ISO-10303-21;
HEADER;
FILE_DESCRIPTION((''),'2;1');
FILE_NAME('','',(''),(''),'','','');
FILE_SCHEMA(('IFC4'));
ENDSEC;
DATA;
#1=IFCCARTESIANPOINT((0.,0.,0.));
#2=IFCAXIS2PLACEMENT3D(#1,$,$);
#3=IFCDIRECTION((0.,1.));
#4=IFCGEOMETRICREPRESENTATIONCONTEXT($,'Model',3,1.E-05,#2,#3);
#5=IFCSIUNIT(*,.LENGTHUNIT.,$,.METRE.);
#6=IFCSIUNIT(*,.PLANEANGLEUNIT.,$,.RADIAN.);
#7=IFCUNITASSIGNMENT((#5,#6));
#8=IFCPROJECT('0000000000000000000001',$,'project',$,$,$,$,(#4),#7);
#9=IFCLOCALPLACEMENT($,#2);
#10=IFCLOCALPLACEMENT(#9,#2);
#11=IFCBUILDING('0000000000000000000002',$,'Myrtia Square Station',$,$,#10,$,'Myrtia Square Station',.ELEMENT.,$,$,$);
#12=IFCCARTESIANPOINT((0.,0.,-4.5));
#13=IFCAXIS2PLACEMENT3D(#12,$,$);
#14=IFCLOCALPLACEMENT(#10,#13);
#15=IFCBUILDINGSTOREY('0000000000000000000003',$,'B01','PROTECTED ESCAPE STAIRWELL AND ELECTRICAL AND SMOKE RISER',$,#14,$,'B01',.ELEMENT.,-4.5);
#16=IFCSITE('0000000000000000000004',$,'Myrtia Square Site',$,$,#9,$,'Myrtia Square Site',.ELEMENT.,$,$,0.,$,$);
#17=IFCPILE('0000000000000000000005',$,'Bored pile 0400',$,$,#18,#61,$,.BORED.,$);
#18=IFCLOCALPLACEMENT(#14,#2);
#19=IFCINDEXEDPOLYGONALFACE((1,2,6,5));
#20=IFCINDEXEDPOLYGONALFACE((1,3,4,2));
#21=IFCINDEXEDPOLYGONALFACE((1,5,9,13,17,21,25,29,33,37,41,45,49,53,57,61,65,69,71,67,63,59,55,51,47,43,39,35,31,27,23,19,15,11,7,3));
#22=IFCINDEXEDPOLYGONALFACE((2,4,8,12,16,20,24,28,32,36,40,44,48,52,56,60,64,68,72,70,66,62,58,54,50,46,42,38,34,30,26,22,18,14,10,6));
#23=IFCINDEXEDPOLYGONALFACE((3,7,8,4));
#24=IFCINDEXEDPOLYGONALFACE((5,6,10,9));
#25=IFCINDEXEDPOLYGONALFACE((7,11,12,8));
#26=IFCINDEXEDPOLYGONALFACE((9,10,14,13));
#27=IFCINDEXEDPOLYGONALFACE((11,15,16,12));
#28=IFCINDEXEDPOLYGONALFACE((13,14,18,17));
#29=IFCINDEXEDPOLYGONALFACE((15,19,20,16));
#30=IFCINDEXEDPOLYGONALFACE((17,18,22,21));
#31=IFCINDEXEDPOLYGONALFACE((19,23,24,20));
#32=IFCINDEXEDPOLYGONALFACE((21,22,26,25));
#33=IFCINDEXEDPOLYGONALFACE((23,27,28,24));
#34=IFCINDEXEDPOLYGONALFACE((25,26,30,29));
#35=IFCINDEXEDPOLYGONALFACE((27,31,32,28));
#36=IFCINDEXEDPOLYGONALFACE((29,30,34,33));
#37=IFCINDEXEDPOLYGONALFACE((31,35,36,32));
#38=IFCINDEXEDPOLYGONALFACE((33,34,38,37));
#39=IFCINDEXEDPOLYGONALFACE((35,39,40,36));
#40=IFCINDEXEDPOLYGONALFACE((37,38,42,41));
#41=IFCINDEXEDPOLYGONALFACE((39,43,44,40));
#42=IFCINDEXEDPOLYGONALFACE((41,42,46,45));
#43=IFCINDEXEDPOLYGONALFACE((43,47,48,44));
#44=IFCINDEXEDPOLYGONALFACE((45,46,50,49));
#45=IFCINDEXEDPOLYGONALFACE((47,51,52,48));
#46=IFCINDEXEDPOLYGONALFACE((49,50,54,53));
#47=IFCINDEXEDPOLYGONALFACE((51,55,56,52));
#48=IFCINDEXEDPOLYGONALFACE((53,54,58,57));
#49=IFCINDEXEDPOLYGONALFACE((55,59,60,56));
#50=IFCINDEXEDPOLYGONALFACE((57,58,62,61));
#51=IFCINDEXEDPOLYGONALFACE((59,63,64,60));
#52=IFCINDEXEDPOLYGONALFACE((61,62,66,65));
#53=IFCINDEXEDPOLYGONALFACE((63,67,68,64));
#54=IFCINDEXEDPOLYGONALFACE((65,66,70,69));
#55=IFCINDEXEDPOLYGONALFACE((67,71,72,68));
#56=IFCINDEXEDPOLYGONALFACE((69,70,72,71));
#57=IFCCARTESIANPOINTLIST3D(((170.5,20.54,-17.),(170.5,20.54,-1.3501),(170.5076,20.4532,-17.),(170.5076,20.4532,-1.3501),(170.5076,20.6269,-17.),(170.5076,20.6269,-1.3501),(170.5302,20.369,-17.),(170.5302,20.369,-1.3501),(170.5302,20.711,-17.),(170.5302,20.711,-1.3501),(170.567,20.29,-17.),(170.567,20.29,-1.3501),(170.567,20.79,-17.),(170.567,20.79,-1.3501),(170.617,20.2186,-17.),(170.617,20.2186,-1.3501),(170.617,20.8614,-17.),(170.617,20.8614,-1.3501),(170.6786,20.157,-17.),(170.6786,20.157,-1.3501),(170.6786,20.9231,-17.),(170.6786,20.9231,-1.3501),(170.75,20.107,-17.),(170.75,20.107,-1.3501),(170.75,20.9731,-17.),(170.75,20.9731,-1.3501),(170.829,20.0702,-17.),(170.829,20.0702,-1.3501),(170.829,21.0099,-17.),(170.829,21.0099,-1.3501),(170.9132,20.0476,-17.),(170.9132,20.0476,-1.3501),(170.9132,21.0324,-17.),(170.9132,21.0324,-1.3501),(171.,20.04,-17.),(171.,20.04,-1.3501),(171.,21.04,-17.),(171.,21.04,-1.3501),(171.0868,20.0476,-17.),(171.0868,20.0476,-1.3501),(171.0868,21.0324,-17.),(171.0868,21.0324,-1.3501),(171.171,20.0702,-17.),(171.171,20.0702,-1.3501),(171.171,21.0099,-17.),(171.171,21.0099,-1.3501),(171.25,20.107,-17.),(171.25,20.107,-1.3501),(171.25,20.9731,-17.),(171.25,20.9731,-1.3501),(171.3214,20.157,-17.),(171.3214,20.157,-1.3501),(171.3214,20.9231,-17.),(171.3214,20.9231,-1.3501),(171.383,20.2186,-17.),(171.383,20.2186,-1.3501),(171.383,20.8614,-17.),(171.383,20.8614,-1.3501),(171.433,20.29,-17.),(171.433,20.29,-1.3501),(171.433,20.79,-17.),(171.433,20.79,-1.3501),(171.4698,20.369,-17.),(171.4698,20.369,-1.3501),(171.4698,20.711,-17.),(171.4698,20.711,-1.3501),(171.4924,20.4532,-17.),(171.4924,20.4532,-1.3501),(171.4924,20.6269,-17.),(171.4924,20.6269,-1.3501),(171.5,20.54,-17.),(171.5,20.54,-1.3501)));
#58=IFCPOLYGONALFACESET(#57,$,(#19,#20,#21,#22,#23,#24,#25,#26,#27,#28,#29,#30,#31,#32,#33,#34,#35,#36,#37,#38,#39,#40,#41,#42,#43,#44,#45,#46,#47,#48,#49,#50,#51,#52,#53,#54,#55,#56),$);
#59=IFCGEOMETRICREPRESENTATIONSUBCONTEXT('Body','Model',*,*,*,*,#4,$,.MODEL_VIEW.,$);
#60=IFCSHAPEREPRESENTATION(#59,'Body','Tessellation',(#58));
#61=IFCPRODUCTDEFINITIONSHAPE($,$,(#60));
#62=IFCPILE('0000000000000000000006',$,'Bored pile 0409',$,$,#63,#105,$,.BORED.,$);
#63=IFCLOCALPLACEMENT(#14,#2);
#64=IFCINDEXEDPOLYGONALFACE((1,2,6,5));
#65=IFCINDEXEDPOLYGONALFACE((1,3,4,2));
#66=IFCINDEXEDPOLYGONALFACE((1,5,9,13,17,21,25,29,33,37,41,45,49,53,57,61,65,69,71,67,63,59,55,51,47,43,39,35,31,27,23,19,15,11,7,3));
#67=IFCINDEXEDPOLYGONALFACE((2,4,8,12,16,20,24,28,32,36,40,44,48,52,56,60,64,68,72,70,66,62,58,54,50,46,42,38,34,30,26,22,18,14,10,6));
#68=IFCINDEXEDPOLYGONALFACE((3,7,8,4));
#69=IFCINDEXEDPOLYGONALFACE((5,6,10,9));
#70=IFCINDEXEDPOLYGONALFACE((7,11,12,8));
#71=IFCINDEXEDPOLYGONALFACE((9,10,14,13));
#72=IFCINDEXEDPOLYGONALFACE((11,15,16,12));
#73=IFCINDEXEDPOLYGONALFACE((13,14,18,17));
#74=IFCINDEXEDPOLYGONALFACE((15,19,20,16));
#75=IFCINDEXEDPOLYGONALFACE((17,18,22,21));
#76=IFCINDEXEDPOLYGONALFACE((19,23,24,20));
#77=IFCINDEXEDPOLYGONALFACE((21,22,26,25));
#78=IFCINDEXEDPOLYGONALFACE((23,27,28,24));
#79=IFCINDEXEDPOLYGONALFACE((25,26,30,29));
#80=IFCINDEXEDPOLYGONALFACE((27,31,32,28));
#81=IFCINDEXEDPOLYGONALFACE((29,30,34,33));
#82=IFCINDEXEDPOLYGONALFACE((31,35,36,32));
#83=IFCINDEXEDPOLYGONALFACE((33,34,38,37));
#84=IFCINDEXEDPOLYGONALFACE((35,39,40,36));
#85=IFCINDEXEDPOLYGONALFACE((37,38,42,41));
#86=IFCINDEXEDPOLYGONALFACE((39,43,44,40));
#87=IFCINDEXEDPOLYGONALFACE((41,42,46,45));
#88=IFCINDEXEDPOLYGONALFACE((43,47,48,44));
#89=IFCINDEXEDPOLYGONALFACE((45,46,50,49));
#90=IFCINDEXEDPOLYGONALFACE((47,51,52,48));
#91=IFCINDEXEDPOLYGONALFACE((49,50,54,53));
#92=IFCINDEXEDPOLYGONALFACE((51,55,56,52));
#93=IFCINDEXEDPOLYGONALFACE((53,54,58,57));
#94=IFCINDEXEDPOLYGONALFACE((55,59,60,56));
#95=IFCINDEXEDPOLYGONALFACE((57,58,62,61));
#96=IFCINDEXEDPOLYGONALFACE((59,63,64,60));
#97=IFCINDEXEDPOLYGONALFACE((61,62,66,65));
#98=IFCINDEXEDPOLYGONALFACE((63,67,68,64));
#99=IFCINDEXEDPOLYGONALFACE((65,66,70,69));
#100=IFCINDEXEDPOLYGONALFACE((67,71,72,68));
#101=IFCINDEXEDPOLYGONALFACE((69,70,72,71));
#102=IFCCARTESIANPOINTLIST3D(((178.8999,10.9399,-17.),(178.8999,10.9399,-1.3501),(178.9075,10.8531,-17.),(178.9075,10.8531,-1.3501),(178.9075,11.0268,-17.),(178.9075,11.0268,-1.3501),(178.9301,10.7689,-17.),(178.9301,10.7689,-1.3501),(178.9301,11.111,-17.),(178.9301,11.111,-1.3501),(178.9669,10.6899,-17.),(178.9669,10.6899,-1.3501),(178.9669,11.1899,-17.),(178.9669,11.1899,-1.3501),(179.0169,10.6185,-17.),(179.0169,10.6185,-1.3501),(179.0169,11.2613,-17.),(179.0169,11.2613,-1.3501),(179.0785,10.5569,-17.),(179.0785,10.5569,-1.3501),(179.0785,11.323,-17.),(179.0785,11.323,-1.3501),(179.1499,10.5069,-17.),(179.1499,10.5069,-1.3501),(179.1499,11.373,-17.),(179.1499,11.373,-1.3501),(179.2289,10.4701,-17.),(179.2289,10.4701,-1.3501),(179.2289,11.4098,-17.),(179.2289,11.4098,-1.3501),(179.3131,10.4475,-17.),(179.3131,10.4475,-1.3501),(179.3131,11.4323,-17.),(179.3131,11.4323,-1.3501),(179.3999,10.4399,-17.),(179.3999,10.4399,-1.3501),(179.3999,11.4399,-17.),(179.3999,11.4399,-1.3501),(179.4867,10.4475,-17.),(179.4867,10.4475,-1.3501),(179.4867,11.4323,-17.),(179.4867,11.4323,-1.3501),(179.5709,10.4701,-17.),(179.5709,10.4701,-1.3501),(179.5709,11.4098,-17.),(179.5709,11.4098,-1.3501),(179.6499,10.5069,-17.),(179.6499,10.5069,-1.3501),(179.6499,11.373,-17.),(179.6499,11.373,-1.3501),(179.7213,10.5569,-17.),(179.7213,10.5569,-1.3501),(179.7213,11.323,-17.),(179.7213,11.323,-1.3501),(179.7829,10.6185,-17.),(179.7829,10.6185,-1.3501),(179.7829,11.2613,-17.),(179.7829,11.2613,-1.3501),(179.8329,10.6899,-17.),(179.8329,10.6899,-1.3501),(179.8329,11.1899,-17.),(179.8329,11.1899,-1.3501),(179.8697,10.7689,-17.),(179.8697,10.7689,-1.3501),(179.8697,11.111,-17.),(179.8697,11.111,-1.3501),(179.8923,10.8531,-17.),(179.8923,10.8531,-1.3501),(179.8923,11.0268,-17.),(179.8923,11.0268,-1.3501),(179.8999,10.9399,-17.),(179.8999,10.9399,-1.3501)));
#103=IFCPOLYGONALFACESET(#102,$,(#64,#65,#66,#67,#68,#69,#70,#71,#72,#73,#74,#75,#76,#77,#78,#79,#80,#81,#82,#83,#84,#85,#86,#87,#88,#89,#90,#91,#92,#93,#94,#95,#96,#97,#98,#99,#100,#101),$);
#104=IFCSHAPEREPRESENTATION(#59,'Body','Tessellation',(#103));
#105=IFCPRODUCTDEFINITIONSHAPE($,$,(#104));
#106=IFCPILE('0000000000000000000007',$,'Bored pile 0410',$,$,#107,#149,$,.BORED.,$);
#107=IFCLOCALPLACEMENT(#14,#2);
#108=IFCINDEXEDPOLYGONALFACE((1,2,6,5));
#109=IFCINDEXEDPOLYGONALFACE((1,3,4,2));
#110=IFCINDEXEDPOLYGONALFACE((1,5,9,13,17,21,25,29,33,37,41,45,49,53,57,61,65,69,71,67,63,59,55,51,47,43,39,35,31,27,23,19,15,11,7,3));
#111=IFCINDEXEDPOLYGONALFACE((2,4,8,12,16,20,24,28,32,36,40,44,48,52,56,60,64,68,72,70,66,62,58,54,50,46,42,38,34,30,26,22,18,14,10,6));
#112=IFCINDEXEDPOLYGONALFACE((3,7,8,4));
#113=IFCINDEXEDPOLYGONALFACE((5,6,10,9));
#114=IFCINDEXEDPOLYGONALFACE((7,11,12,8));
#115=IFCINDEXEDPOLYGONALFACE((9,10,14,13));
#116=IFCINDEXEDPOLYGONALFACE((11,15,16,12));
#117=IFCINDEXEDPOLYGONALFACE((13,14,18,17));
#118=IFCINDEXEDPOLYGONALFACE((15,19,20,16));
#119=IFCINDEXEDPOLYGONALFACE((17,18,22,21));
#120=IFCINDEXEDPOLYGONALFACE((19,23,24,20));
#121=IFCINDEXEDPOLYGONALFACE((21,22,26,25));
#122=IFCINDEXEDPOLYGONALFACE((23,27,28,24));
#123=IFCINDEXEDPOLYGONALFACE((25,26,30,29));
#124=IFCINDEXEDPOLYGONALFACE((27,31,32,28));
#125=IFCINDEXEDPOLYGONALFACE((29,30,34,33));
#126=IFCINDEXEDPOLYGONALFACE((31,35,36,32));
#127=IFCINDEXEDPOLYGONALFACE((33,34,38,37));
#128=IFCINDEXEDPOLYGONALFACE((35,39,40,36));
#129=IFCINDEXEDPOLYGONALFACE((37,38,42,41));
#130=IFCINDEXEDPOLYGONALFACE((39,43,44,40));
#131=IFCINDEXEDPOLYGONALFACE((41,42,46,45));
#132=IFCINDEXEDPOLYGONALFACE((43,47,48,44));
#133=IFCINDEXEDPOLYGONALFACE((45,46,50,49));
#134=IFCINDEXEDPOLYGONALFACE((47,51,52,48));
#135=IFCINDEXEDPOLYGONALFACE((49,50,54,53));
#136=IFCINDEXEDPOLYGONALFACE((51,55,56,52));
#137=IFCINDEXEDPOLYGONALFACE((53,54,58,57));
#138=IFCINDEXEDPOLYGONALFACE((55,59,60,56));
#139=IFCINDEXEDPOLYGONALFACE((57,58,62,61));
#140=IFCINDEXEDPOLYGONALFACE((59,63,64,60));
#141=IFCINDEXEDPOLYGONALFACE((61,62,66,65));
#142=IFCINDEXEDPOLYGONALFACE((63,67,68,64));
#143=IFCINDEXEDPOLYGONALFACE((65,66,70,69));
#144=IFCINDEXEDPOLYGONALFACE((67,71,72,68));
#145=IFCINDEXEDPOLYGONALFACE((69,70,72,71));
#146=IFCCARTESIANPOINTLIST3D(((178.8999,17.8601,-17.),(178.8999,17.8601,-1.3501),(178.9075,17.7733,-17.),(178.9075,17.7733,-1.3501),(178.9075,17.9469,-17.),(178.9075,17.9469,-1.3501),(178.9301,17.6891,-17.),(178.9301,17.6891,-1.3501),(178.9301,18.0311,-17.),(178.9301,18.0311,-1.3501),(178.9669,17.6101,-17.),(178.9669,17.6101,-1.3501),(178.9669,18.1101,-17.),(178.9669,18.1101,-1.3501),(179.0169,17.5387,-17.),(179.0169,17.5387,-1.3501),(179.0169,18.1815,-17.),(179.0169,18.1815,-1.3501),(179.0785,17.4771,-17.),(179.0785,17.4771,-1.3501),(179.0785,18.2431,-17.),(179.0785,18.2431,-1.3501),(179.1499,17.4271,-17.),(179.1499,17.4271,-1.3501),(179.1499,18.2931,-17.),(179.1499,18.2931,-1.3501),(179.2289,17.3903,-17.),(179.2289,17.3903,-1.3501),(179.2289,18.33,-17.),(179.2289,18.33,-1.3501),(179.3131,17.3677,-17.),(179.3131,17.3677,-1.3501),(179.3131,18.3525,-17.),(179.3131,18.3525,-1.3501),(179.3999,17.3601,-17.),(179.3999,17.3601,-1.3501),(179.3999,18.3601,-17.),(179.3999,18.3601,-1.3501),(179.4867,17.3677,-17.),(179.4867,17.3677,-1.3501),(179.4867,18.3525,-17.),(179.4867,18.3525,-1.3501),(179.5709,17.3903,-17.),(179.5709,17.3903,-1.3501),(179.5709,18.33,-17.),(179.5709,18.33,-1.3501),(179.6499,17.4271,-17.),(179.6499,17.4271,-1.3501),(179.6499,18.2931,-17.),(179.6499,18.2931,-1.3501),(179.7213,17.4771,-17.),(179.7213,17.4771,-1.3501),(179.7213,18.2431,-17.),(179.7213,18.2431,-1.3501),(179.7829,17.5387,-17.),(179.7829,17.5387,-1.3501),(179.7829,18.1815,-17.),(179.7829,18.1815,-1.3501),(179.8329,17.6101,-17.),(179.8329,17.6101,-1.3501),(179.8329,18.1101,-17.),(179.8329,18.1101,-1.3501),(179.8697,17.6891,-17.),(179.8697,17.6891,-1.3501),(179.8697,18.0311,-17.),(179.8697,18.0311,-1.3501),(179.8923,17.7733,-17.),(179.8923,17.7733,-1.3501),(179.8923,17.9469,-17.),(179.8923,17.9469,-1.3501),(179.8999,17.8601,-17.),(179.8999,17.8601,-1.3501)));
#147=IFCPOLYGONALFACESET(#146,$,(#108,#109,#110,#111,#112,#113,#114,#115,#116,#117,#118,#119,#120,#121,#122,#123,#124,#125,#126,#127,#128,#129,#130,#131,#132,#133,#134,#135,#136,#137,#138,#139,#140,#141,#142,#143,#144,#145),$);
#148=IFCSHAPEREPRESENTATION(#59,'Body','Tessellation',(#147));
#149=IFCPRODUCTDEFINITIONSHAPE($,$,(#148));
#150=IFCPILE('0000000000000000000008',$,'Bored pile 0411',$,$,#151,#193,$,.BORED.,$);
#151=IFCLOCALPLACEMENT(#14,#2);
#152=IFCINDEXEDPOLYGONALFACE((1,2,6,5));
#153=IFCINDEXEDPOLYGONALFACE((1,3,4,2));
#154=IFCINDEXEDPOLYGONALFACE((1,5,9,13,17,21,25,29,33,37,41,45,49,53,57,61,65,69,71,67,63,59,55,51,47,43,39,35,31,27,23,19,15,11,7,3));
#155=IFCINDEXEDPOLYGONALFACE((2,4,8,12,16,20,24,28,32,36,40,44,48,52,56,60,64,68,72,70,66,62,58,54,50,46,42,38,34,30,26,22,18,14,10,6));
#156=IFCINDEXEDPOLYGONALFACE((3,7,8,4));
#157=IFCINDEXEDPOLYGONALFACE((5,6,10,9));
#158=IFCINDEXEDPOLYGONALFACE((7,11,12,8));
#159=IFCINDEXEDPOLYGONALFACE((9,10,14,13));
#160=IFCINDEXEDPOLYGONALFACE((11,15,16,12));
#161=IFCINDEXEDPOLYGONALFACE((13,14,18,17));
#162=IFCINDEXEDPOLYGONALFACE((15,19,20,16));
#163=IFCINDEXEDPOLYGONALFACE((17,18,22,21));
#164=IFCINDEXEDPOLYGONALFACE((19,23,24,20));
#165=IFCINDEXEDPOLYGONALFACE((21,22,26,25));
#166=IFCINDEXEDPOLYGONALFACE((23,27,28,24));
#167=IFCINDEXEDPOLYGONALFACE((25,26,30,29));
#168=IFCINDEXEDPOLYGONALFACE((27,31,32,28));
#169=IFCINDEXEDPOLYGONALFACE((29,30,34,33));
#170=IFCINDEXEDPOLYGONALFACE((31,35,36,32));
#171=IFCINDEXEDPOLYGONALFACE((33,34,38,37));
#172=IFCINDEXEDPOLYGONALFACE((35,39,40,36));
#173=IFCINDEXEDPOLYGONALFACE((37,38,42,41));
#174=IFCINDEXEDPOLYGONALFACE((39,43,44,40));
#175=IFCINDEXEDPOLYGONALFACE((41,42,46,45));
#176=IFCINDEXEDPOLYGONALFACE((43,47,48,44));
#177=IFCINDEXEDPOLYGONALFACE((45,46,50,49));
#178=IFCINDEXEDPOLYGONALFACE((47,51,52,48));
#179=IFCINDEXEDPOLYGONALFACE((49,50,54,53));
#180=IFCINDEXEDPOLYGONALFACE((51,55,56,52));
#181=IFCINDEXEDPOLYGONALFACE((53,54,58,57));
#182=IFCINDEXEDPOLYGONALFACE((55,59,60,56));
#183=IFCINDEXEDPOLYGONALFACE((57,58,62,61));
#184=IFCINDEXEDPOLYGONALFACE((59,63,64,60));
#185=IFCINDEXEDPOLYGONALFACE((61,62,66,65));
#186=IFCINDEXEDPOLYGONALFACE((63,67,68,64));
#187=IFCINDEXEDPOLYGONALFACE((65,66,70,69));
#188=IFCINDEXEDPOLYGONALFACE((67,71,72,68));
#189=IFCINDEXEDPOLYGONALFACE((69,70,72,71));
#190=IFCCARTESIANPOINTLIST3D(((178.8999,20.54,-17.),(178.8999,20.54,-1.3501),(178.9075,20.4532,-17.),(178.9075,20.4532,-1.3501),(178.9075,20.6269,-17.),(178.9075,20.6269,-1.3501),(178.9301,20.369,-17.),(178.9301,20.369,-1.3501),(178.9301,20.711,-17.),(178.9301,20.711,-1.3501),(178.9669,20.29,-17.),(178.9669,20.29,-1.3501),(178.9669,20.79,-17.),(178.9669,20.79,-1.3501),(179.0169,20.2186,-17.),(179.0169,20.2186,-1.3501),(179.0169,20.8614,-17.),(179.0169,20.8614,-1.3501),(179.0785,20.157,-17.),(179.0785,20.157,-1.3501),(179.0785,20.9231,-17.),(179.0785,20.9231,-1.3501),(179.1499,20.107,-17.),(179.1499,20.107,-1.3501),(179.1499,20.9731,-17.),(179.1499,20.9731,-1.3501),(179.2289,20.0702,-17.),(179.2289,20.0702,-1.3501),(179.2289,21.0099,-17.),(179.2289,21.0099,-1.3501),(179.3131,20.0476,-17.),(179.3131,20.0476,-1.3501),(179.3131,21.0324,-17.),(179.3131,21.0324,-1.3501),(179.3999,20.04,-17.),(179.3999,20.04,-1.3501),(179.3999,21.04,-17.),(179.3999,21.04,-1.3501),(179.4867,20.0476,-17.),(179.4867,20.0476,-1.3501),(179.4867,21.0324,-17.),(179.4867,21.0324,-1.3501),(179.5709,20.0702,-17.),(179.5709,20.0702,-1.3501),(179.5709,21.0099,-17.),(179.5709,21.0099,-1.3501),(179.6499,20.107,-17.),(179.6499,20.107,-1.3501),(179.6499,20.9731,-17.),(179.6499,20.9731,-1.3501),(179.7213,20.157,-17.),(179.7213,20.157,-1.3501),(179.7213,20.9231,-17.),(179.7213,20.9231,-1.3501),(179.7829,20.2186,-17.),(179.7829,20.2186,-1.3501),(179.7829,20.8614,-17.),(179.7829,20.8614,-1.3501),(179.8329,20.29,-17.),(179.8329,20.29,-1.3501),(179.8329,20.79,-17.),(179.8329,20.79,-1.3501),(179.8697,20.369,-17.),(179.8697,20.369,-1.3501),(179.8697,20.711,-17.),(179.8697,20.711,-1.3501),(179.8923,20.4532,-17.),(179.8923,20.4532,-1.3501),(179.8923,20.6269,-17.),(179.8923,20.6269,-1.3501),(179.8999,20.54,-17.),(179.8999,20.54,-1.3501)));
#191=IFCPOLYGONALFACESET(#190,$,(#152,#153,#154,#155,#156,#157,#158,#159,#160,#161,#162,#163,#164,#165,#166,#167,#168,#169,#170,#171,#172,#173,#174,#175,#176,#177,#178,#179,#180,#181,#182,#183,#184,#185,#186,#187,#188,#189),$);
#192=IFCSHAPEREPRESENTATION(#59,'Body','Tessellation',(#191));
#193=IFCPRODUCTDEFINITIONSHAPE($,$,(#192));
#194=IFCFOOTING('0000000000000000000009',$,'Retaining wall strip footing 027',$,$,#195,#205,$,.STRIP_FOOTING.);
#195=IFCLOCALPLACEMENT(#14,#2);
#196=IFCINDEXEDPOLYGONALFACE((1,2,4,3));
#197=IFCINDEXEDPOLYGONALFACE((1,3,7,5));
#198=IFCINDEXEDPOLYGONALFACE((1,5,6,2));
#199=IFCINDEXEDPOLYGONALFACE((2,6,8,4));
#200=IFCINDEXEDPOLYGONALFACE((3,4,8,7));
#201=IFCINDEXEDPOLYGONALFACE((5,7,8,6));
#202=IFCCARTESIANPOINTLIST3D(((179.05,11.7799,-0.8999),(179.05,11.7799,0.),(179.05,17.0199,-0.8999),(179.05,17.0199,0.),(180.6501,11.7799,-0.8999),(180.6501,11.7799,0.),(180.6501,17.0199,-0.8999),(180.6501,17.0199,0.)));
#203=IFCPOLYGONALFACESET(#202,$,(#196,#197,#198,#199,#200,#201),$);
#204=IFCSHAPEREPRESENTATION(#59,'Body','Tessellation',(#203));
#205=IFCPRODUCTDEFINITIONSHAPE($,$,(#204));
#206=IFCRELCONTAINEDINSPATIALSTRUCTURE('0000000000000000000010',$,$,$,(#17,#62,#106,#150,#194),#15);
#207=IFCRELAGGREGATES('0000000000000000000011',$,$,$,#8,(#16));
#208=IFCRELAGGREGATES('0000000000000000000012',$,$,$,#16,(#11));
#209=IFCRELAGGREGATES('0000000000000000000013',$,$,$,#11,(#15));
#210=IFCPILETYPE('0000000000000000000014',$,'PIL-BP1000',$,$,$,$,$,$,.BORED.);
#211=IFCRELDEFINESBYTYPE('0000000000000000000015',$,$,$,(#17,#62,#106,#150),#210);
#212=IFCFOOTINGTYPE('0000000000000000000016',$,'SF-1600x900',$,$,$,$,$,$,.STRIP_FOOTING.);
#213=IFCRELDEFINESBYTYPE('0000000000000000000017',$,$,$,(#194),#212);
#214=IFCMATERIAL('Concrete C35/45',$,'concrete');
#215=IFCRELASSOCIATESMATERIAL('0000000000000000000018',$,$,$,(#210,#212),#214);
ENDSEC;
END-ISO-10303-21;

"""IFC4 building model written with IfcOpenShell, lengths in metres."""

from ifc_helpers import new_model, si_unit, direction, frame, origin, origin_2d, place, context, subcontext, project, spatial, rectangle, circle, extrude, material, material_profile, profile_set, type_object, element, save


model = new_model("IFC4")

# Units and contexts
model_context = context("Model", 3, precision=1e-05, world=origin(), true_north=direction((0.0, 1.0)))
body_context = subcontext(model_context, "Body", "Model", "MODEL_VIEW")
ifc_project = project(units=[si_unit("LENGTHUNIT", "METRE"), si_unit("PLANEANGLEUNIT", "RADIAN")], contexts=[model_context])

# Site, building, storey
site_placement = place(None, origin())
site = spatial("IfcSite", under=ifc_project, at=site_placement, Name="Myrtia Square Site", LongName="Myrtia Square Site", CompositionType="ELEMENT", RefElevation=0.0)
building_placement = place(site_placement, origin())
building = spatial("IfcBuilding", under=site, at=building_placement, Name="Myrtia Square Station", LongName="Myrtia Square Station", CompositionType="ELEMENT")
storey_placement = place(building_placement, frame((0.0, 0.0, -4.5)))
storey = spatial("IfcBuildingStorey", under=building, at=storey_placement, Name="B01", Description="PROTECTED ESCAPE STAIRWELL AND ELECTRICAL AND SMOKE RISER", LongName="B01", CompositionType="ELEMENT", Elevation=-4.5)

# Shared definitions
ifc_material_1 = material(Name="Concrete C35/45", Category="concrete")

# Piles
ifc_material_profile_1 = material_profile(ifc_material_1, circle(Radius=0.5, at=origin_2d()), Name="BP D1000")
ifc_profile_set_1 = profile_set([ifc_material_profile_1], Name="Concrete C35/45")
pile_type = type_object("IfcPileType", Name="PIL-BP1000", PredefinedType="BORED", material=ifc_profile_set_1)
for number, where, z_axis, x_axis, name in (
    (1, (171.0, 20.54, -1.3501), (0.0, 0.0, -1.0), (1.0, 0.0, 0.0), "Bored pile 0400"),
    (2, (179.3999, 10.9399, -1.3501), (0.0, 0.0, -1.0), (1.0, 0.0, 0.0), "Bored pile 0409"),
    (3, (179.3999, 17.8601, -1.3501), (0.0, 0.0, -1.0), (1.0, 0.0, 0.0), "Bored pile 0410"),
    (4, (179.3999, 20.54, -1.3501), (0.0, 0.0, -1.0), (1.0, 0.0, 0.0), "Bored pile 0411"),
):
    element("IfcPile", number, at=place(storey_placement, frame(where, z_axis=z_axis, x_axis=x_axis)), inside=storey, type_object=pile_type, Name=name, PredefinedType="BORED", context=body_context, shape_type="SweptSolid", body=[
        extrude(circle(Radius=0.5, at=origin_2d()), origin(), (0.0, 0.0, 1.0), 15.6499),
    ])

# Footing
footing_type_1 = type_object("IfcFootingType", Name="SF-1600x900", PredefinedType="STRIP_FOOTING", material=ifc_material_1)
footing_1_placement = place(storey_placement, frame((179.8501, 14.3999, -0.8999), z_axis=(0.0, 0.0, 1.0), x_axis=(1.0, 0.0, 0.0)))
element("IfcFooting", 5, at=footing_1_placement, inside=storey, type_object=footing_type_1, Name="Retaining wall strip footing 027", PredefinedType="STRIP_FOOTING", context=body_context, shape_type="SweptSolid", body=[
    extrude(rectangle(XDim=1.6001, YDim=5.24, at=origin_2d()), origin(), (0.0, 0.0, 1.0), 0.8999),
])

save(model, "model.ifc")
